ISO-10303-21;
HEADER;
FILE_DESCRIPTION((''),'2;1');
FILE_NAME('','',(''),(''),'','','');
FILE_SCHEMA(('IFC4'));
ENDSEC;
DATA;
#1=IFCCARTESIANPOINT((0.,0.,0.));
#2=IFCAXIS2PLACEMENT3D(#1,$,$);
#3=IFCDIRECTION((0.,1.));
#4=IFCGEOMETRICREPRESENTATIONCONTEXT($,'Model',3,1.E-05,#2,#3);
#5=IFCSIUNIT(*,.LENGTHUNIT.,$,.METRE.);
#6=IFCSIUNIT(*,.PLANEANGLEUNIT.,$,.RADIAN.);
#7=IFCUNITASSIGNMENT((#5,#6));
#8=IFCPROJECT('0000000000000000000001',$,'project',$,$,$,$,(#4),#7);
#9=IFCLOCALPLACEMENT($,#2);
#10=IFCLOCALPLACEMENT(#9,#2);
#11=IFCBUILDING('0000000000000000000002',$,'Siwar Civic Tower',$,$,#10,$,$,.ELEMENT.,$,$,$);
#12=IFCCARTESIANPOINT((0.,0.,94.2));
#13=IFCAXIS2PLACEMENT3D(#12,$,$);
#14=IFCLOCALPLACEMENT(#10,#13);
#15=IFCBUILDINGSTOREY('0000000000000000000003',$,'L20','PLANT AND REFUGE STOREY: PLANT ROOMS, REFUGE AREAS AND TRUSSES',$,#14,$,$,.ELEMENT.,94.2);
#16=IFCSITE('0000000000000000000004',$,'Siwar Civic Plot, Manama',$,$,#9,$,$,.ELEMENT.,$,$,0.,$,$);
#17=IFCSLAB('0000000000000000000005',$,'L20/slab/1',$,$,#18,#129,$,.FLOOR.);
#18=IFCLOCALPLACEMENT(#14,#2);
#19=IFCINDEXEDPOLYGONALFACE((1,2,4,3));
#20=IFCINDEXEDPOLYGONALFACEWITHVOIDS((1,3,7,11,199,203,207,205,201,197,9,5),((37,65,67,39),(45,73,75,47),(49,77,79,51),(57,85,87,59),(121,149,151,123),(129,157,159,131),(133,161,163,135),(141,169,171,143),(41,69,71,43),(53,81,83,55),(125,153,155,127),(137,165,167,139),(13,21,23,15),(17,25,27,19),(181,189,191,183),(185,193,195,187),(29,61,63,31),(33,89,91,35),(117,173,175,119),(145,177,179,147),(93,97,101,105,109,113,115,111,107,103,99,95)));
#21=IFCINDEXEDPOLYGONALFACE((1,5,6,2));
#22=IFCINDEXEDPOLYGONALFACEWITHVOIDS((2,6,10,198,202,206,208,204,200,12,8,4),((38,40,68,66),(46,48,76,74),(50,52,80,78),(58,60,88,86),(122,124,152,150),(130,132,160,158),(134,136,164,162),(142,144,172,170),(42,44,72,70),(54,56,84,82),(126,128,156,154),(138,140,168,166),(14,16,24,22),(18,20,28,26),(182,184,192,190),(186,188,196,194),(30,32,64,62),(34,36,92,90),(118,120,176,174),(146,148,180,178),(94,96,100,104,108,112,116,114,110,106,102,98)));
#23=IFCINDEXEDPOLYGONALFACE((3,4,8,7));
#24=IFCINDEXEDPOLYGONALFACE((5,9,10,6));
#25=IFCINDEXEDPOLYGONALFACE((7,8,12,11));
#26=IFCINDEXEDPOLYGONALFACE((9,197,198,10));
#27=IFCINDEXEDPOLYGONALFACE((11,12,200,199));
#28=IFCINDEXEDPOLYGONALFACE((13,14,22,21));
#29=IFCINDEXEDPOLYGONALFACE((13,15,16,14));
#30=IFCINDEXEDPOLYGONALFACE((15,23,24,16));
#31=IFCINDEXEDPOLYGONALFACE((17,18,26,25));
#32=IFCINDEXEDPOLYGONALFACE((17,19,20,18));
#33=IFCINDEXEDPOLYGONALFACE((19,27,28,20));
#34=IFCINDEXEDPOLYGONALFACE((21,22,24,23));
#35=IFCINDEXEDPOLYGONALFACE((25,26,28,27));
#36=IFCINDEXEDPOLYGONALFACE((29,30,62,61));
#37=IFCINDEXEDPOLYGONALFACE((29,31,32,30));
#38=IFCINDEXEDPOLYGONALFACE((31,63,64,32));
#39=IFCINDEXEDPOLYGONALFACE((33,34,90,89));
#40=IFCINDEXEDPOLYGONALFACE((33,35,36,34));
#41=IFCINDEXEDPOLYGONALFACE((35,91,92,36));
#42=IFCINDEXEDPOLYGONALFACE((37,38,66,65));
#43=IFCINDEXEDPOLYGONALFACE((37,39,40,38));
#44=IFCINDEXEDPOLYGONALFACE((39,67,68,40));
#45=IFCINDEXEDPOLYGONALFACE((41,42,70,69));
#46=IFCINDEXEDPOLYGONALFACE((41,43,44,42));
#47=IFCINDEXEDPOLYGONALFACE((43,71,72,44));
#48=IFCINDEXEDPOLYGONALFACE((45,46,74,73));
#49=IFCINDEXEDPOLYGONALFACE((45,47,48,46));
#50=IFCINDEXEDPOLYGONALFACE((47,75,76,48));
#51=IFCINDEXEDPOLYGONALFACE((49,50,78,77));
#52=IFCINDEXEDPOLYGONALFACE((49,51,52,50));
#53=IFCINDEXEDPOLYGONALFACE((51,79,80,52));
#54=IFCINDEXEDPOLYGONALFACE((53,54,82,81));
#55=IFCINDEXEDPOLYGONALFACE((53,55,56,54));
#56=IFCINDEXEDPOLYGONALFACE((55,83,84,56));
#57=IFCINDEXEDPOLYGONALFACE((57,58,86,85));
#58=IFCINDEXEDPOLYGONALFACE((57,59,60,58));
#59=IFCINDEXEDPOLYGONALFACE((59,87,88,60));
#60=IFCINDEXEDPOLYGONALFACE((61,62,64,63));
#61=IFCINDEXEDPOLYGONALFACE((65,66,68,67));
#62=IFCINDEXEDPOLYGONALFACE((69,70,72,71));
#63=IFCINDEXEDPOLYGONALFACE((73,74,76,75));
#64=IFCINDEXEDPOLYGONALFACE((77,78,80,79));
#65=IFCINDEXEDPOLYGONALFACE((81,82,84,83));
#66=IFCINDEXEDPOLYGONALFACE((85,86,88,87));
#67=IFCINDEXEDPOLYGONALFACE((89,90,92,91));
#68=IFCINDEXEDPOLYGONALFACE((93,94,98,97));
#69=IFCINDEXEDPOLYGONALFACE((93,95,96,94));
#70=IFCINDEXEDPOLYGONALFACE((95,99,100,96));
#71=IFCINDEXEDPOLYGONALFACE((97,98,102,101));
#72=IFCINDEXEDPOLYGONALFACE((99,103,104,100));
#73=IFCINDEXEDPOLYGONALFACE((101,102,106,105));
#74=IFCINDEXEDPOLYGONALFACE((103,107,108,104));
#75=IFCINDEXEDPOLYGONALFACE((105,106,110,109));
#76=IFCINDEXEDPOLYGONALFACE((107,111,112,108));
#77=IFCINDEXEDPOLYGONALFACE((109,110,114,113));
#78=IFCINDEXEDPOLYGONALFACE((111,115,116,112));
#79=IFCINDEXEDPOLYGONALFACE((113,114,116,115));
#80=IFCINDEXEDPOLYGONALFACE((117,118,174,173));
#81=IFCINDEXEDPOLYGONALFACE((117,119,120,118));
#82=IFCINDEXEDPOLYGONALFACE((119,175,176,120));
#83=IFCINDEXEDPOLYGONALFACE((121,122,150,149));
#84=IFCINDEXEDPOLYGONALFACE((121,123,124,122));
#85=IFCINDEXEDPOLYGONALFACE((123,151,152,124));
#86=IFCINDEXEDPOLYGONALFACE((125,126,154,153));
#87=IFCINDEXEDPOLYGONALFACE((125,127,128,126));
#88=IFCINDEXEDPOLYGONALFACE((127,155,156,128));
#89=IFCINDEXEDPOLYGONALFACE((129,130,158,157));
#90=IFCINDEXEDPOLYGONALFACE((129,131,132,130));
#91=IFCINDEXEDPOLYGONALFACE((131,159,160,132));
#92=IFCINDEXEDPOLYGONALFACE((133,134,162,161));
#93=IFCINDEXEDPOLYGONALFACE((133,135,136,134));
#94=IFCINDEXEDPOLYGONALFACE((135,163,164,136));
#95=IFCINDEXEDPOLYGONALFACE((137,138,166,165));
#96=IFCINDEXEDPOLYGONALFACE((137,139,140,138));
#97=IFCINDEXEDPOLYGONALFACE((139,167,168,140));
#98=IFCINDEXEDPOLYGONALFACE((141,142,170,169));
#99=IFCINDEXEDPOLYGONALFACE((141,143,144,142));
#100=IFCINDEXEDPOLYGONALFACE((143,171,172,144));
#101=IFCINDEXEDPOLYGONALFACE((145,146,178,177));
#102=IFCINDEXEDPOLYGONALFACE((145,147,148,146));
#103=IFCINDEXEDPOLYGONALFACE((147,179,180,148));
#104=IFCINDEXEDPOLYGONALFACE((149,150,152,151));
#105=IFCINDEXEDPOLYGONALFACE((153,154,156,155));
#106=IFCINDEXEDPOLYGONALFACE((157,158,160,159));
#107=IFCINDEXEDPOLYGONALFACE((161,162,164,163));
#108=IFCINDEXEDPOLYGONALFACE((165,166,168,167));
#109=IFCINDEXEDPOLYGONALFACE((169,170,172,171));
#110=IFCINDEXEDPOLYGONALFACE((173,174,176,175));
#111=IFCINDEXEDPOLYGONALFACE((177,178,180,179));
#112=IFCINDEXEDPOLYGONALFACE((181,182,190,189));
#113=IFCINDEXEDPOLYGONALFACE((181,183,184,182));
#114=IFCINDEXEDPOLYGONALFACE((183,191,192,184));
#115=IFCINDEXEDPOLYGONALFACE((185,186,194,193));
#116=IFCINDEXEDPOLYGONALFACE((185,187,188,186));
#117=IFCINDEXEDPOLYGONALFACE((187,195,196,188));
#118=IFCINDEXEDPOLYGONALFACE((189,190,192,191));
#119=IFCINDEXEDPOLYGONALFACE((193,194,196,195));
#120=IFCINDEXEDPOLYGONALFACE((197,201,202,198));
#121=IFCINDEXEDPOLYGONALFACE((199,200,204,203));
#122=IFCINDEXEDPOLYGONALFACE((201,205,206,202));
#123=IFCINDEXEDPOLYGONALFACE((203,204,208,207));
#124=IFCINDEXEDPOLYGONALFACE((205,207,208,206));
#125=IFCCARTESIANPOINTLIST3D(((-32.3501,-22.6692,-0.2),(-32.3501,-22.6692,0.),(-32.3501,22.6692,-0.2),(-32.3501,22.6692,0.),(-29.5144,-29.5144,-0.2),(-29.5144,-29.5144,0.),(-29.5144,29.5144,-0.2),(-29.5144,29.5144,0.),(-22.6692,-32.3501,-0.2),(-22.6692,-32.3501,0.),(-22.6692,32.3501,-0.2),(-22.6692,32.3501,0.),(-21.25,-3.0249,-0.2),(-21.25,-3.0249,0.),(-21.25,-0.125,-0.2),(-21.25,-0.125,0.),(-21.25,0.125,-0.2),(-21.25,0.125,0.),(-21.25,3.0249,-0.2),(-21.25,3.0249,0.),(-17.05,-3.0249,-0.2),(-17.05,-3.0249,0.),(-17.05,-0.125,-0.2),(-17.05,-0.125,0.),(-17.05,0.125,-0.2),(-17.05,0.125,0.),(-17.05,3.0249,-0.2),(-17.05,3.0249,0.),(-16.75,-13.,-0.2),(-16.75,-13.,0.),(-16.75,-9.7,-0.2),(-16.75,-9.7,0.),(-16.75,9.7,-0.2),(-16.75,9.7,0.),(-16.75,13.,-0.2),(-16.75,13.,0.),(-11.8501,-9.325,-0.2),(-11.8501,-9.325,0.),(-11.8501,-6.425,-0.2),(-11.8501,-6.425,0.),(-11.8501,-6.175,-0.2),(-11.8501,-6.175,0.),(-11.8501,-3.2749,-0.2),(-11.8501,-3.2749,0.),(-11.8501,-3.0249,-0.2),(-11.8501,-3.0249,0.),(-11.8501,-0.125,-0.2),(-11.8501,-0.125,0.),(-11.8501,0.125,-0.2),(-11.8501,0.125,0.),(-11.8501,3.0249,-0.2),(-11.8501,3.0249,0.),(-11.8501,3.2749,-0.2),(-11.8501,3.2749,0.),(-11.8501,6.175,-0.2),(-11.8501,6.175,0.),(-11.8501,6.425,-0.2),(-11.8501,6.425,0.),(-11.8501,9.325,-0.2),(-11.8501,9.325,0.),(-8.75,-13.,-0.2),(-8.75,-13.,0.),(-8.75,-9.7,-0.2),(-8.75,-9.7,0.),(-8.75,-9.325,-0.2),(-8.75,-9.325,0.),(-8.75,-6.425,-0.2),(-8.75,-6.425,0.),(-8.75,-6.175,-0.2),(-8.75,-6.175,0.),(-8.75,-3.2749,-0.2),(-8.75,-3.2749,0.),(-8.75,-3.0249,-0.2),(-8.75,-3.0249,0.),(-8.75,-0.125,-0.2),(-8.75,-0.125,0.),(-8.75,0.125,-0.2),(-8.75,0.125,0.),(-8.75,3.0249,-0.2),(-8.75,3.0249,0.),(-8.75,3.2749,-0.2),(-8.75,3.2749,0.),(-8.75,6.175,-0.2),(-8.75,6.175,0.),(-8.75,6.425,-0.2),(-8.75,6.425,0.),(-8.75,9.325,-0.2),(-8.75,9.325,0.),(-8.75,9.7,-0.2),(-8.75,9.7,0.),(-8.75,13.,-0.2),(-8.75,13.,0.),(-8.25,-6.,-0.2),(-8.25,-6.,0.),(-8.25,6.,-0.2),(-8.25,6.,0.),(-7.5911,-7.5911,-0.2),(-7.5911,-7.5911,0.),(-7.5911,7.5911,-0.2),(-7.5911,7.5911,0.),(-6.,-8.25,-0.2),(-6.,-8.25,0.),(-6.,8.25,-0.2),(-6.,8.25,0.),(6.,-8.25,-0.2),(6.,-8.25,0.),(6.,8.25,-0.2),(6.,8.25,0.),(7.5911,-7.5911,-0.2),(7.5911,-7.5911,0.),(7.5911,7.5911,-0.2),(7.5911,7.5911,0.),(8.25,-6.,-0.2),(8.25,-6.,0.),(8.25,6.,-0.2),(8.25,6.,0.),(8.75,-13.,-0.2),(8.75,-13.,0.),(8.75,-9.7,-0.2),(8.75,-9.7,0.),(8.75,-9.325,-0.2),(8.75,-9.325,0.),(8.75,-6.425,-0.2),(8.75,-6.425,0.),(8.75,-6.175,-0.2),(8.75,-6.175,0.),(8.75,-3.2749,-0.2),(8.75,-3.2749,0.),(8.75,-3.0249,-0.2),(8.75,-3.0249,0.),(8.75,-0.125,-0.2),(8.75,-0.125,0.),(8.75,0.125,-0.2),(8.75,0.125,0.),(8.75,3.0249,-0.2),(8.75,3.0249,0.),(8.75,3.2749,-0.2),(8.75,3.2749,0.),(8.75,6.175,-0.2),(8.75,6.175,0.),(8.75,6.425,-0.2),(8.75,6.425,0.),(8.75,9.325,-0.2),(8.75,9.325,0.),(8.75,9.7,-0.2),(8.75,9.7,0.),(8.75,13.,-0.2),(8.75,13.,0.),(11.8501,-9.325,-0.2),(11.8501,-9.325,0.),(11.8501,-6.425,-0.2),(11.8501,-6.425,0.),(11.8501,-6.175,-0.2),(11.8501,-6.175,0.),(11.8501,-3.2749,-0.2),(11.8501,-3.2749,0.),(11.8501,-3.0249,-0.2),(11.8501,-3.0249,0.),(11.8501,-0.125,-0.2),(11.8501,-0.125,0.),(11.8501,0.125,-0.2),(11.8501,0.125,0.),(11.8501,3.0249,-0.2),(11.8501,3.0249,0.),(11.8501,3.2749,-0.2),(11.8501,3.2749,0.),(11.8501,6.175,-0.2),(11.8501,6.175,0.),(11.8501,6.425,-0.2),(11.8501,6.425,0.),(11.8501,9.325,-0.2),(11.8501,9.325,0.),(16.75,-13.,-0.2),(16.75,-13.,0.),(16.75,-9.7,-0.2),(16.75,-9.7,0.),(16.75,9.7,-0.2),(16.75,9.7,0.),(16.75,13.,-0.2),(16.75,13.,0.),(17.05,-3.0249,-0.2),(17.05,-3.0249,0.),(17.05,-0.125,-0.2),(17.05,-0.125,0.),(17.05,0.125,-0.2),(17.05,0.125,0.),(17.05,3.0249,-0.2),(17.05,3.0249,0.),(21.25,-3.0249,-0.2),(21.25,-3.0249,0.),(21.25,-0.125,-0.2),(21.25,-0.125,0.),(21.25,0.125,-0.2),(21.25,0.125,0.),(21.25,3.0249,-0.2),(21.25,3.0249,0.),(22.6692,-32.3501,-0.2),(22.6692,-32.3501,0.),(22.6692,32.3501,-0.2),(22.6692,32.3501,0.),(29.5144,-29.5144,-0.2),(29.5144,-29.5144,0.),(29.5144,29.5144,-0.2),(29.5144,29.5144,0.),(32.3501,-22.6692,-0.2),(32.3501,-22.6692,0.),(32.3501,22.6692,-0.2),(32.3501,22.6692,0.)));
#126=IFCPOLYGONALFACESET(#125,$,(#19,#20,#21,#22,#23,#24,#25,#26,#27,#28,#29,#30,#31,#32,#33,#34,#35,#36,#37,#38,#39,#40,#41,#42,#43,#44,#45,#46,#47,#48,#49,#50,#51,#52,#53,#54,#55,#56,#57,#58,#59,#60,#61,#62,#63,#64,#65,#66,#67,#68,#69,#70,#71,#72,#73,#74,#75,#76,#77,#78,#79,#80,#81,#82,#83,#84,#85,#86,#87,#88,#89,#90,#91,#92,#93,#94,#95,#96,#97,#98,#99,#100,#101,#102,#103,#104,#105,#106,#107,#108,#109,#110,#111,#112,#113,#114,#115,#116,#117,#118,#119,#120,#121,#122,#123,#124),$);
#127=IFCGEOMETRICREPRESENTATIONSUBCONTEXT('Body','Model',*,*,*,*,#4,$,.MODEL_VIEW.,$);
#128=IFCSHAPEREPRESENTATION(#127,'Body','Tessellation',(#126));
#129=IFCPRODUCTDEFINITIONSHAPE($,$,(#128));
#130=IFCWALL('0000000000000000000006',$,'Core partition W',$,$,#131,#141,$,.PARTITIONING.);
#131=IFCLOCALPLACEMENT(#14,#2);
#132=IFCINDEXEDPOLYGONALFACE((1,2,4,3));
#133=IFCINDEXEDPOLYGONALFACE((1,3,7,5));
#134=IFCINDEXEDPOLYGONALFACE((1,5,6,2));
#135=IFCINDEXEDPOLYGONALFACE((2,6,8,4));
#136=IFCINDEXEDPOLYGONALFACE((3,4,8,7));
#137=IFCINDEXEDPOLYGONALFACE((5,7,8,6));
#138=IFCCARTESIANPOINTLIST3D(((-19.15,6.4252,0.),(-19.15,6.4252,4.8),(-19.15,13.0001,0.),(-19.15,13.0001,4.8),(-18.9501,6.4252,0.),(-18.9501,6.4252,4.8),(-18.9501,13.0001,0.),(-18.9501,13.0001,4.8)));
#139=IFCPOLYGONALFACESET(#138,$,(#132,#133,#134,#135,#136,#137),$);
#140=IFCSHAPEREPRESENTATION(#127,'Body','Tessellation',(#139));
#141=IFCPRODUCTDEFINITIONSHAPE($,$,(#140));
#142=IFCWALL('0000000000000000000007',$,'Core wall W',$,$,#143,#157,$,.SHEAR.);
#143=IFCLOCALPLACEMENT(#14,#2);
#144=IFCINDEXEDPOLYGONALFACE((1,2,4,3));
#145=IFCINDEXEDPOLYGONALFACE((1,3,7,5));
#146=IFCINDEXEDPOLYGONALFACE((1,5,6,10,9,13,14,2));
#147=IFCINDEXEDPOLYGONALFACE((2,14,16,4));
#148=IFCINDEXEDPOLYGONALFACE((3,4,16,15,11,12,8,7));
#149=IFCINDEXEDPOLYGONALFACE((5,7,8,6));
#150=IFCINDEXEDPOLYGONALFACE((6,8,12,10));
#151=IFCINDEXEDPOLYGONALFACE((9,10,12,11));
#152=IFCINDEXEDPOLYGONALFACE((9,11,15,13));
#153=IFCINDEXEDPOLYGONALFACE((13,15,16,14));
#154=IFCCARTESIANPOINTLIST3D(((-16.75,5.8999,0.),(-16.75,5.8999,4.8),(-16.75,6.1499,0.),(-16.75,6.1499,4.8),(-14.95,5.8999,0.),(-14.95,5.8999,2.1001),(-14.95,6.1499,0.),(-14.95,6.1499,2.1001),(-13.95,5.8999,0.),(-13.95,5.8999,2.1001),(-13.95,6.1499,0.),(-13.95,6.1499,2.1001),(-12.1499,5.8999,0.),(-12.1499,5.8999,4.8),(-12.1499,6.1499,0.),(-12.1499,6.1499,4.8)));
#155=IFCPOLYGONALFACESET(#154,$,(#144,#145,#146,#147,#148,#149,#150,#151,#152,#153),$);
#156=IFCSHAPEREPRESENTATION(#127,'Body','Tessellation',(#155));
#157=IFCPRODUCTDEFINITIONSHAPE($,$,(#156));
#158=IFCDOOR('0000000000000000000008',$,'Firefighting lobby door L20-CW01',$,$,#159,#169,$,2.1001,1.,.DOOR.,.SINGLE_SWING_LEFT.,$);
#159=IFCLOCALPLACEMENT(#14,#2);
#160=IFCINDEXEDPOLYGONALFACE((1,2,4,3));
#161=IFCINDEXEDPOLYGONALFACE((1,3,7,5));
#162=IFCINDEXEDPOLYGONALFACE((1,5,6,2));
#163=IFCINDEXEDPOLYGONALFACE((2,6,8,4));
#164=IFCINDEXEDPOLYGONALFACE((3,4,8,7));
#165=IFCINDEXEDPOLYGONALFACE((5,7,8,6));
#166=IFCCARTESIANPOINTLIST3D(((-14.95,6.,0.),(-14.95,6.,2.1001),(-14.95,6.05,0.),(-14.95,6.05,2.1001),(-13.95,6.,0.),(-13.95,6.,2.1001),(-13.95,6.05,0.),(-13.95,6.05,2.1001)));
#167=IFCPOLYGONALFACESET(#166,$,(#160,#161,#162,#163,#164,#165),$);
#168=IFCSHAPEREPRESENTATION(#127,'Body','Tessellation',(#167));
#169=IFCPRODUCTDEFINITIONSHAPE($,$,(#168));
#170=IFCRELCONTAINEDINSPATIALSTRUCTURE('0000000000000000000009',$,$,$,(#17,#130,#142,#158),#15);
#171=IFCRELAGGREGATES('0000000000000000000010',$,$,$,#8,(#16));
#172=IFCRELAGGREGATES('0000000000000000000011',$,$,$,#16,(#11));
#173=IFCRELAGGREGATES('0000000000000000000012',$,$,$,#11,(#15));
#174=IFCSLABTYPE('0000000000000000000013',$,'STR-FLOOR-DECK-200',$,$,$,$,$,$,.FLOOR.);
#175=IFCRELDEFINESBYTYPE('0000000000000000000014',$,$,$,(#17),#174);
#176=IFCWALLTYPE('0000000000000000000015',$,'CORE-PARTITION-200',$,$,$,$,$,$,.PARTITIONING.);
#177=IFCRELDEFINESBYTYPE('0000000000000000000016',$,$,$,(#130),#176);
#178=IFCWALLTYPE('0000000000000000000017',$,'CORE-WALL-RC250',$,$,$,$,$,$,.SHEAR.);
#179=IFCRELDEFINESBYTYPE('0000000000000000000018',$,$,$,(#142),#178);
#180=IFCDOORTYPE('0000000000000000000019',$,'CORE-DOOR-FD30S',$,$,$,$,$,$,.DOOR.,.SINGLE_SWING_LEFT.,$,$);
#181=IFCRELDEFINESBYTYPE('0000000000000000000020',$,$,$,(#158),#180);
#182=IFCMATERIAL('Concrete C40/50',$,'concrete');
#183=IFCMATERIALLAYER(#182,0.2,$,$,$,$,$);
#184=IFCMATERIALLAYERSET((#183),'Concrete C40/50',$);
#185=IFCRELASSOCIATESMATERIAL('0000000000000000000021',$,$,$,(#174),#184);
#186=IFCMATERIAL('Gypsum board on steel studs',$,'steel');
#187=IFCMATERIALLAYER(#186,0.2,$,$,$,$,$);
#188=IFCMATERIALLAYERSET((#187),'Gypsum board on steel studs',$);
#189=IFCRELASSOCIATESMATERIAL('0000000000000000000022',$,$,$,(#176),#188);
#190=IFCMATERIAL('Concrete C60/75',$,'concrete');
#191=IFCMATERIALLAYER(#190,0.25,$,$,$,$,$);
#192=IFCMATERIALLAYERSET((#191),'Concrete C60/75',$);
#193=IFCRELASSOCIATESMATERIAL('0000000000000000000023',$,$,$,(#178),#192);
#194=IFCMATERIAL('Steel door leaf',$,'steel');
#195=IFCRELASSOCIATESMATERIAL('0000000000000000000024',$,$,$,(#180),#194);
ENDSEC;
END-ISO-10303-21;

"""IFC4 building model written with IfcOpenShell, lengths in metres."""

from ifc_helpers import new_model, si_unit, direction, frame, frame_2d, origin, place, context, subcontext, project, spatial, polyline, rectangle, outline, extrude, material, layer, layer_set, type_object, element, fill, save


model = new_model("IFC4")

# Units and contexts
model_context = context("Model", 3, precision=1e-05, world=origin(), true_north=direction((0.0, 1.0)))
body_context = subcontext(model_context, "Body", "Model", "MODEL_VIEW")
ifc_project = project(units=[si_unit("LENGTHUNIT", "METRE"), si_unit("PLANEANGLEUNIT", "RADIAN")], contexts=[model_context])

# Site, building, storey
site_placement = place(None, origin())
site = spatial("IfcSite", under=ifc_project, at=site_placement, Name="Siwar Civic Plot, Manama", CompositionType="ELEMENT", RefElevation=0.0)
building_placement = place(site_placement, origin())
building = spatial("IfcBuilding", under=site, at=building_placement, Name="Siwar Civic Tower", CompositionType="ELEMENT")
storey_placement = place(building_placement, frame((0.0, 0.0, 94.2)))
storey = spatial("IfcBuildingStorey", under=building, at=storey_placement, Name="L20", Description="PLANT AND REFUGE STOREY: PLANT ROOMS, REFUGE AREAS AND TRUSSES", CompositionType="ELEMENT", Elevation=94.2)

# Slab
ifc_material_1 = material(Name="Concrete C40/50", Category="concrete")
ifc_layer_1 = layer(ifc_material_1, 0.2)
ifc_layer_set_1 = layer_set([ifc_layer_1], Name="Concrete C40/50")
slab_type = type_object("IfcSlabType", Name="STR-FLOOR-DECK-200", PredefinedType="FLOOR", material=ifc_layer_set_1)
slab_placement = place(storey_placement, frame((0.0, 0.0, -0.2)))
element("IfcSlab", 1, at=slab_placement, inside=storey, type_object=slab_type, Name="L20/slab/1", PredefinedType="FLOOR", context=body_context, shape_type="SweptSolid", body=[
    extrude(outline(polyline([(-22.6692, -32.3501), (22.6692, -32.3501), (29.5144, -29.5144), (32.3501, -22.6692), (32.3501, 22.6692), (29.5144, 29.5144), (22.6692, 32.3501), (-22.6692, 32.3501), (-29.5144, 29.5144), (-32.3501, 22.6692), (-32.3501, -22.6692), (-29.5144, -29.5144), (-22.6692, -32.3501)]), holes=[polyline([(21.25, 3.0249), (21.25, 0.125), (17.05, 0.125), (17.05, 3.0249), (21.25, 3.0249)]), polyline([(17.05, -0.125), (21.25, -0.125), (21.25, -3.0249), (17.05, -3.0249), (17.05, -0.125)]), polyline([(16.75, 13.0), (16.75, 9.7), (8.75, 9.7), (8.75, 13.0), (16.75, 13.0)]), polyline([(8.75, -9.7), (16.75, -9.7), (16.75, -13.0), (8.75, -13.0), (8.75, -9.7)]), polyline([(11.8501, 9.325), (11.8501, 6.425), (8.75, 6.425), (8.75, 9.325), (11.8501, 9.325)]), polyline([(11.8501, 3.0249), (11.8501, 0.125), (8.75, 0.125), (8.75, 3.0249), (11.8501, 3.0249)]), polyline([(11.8501, -0.125), (11.8501, -3.0249), (8.75, -3.0249), (8.75, -0.125), (11.8501, -0.125)]), polyline([(11.8501, -3.2749), (11.8501, -6.175), (8.75, -6.175), (8.75, -3.2749), (11.8501, -3.2749)]), polyline([(8.75, 6.175), (11.8501, 6.175), (11.8501, 3.2749), (8.75, 3.2749), (8.75, 6.175)]), polyline([(8.75, -6.425), (11.8501, -6.425), (11.8501, -9.325), (8.75, -9.325), (8.75, -6.425)]), polyline([(-6.0, 8.25), (6.0, 8.25), (7.5911, 7.5911), (8.25, 6.0), (8.25, -6.0), (7.5911, -7.5911), (6.0, -8.25), (-6.0, -8.25), (-7.5911, -7.5911), (-8.25, -6.0), (-8.25, 6.0), (-7.5911, 7.5911), (-6.0, 8.25)]), polyline([(-8.75, 9.7), (-16.75, 9.7), (-16.75, 13.0), (-8.75, 13.0), (-8.75, 9.7)]), polyline([(-8.75, 0.125), (-11.8501, 0.125), (-11.8501, 3.0249), (-8.75, 3.0249), (-8.75, 0.125)]), polyline([(-8.75, -6.175), (-11.8501, -6.175), (-11.8501, -3.2749), (-8.75, -3.2749), (-8.75, -6.175)]), polyline([(-8.75, -9.325), (-11.8501, -9.325), (-11.8501, -6.425), (-8.75, -6.425), (-8.75, -9.325)]), polyline([(-8.75, -13.0), (-16.75, -13.0), (-16.75, -9.7), (-8.75, -9.7), (-8.75, -13.0)]), polyline([(-11.8501, 6.425), (-11.8501, 9.325), (-8.75, 9.325), (-8.75, 6.425), (-11.8501, 6.425)]), polyline([(-11.8501, 3.2749), (-11.8501, 6.175), (-8.75, 6.175), (-8.75, 3.2749), (-11.8501, 3.2749)]), polyline([(-11.8501, -3.0249), (-11.8501, -0.125), (-8.75, -0.125), (-8.75, -3.0249), (-11.8501, -3.0249)]), polyline([(-21.25, -3.0249), (-21.25, -0.125), (-17.05, -0.125), (-17.05, -3.0249), (-21.25, -3.0249)]), polyline([(-17.05, 0.125), (-21.25, 0.125), (-21.25, 3.0249), (-17.05, 3.0249), (-17.05, 0.125)])]), origin(), (0.0, 0.0, 1.0), 0.2),
])

# Wall
ifc_material_2 = material(Name="Gypsum board on steel studs", Category="steel")
ifc_layer_2 = layer(ifc_material_2, 0.2)
ifc_layer_set_2 = layer_set([ifc_layer_2], Name="Gypsum board on steel studs")
wall_type_1 = type_object("IfcWallType", Name="CORE-PARTITION-200", PredefinedType="PARTITIONING", material=ifc_layer_set_2)
wall_1_placement = place(storey_placement, frame((-19.05, 6.425, 0.0), z_axis=(0.0, 0.0, 1.0), x_axis=(0.0, 1.0, 0.0)))
element("IfcWall", 2, at=wall_1_placement, inside=storey, type_object=wall_type_1, Name="Core partition W", PredefinedType="PARTITIONING", context=body_context, shape_type="SweptSolid", body=[
    extrude(rectangle(XDim=6.575, YDim=0.2, at=frame_2d((3.2876, 0.0))), origin(), (0.0, 0.0, 1.0), 4.8),
])

# Wall, opening, door
ifc_material_3 = material(Name="Concrete C60/75", Category="concrete")
ifc_layer_3 = layer(ifc_material_3, 0.25)
ifc_layer_set_3 = layer_set([ifc_layer_3], Name="Concrete C60/75")
wall_type_2 = type_object("IfcWallType", Name="CORE-WALL-RC250", PredefinedType="SHEAR", material=ifc_layer_set_3)
wall_2_placement = place(storey_placement, frame((-12.1499, 6.0249, 0.0), z_axis=(0.0, 0.0, 1.0), x_axis=(-1.0, 0.0, 0.0)))
wall_2 = element("IfcWall", 3, at=wall_2_placement, inside=storey, type_object=wall_type_2, Name="Core wall W", PredefinedType="SHEAR", context=body_context, shape_type="SweptSolid", body=[
    extrude(rectangle(XDim=4.6001, YDim=0.25, at=frame_2d((2.3, 0.0))), origin(), (0.0, 0.0, 1.0), 4.8),
])
opening_1_placement = place(wall_2_placement, frame((1.8, 0.0, 0.0)))
opening_1 = element("IfcOpeningElement", 4, at=opening_1_placement, cuts=wall_2, PredefinedType="OPENING", context=body_context, shape_type="SweptSolid", body=[
    extrude(rectangle(XDim=1.0, YDim=2.1001, at=frame_2d((0.5, 1.05))), frame((0.0, 0.135, 0.0), z_axis=(0.0, -1.0, 0.0), x_axis=(1.0, 0.0, 0.0)), (0.0, 0.0, 1.0), 0.27),
])
ifc_material_4 = material(Name="Steel door leaf", Category="steel")
door_type_1 = type_object("IfcDoorType", Name="CORE-DOOR-FD30S", OperationType="SINGLE_SWING_LEFT", PredefinedType="DOOR", material=ifc_material_4)
door_1_placement = place(opening_1_placement, origin())
door_1 = element("IfcDoor", 5, at=door_1_placement, inside=storey, type_object=door_type_1, Name="Firefighting lobby door L20-CW01", OperationType="SINGLE_SWING_LEFT", OverallHeight=2.1001, OverallWidth=1.0, PredefinedType="DOOR", context=body_context, shape_type="SweptSolid", body=[
    extrude(rectangle(XDim=1.0, YDim=2.1001, at=frame_2d((0.5, 1.05))), frame((0.0, 0.0249, 0.0), z_axis=(0.0, -1.0, 0.0), x_axis=(1.0, 0.0, 0.0)), (0.0, 0.0, 1.0), 0.05),
])
fill(opening_1, door_1)

save(model, "model.ifc")
